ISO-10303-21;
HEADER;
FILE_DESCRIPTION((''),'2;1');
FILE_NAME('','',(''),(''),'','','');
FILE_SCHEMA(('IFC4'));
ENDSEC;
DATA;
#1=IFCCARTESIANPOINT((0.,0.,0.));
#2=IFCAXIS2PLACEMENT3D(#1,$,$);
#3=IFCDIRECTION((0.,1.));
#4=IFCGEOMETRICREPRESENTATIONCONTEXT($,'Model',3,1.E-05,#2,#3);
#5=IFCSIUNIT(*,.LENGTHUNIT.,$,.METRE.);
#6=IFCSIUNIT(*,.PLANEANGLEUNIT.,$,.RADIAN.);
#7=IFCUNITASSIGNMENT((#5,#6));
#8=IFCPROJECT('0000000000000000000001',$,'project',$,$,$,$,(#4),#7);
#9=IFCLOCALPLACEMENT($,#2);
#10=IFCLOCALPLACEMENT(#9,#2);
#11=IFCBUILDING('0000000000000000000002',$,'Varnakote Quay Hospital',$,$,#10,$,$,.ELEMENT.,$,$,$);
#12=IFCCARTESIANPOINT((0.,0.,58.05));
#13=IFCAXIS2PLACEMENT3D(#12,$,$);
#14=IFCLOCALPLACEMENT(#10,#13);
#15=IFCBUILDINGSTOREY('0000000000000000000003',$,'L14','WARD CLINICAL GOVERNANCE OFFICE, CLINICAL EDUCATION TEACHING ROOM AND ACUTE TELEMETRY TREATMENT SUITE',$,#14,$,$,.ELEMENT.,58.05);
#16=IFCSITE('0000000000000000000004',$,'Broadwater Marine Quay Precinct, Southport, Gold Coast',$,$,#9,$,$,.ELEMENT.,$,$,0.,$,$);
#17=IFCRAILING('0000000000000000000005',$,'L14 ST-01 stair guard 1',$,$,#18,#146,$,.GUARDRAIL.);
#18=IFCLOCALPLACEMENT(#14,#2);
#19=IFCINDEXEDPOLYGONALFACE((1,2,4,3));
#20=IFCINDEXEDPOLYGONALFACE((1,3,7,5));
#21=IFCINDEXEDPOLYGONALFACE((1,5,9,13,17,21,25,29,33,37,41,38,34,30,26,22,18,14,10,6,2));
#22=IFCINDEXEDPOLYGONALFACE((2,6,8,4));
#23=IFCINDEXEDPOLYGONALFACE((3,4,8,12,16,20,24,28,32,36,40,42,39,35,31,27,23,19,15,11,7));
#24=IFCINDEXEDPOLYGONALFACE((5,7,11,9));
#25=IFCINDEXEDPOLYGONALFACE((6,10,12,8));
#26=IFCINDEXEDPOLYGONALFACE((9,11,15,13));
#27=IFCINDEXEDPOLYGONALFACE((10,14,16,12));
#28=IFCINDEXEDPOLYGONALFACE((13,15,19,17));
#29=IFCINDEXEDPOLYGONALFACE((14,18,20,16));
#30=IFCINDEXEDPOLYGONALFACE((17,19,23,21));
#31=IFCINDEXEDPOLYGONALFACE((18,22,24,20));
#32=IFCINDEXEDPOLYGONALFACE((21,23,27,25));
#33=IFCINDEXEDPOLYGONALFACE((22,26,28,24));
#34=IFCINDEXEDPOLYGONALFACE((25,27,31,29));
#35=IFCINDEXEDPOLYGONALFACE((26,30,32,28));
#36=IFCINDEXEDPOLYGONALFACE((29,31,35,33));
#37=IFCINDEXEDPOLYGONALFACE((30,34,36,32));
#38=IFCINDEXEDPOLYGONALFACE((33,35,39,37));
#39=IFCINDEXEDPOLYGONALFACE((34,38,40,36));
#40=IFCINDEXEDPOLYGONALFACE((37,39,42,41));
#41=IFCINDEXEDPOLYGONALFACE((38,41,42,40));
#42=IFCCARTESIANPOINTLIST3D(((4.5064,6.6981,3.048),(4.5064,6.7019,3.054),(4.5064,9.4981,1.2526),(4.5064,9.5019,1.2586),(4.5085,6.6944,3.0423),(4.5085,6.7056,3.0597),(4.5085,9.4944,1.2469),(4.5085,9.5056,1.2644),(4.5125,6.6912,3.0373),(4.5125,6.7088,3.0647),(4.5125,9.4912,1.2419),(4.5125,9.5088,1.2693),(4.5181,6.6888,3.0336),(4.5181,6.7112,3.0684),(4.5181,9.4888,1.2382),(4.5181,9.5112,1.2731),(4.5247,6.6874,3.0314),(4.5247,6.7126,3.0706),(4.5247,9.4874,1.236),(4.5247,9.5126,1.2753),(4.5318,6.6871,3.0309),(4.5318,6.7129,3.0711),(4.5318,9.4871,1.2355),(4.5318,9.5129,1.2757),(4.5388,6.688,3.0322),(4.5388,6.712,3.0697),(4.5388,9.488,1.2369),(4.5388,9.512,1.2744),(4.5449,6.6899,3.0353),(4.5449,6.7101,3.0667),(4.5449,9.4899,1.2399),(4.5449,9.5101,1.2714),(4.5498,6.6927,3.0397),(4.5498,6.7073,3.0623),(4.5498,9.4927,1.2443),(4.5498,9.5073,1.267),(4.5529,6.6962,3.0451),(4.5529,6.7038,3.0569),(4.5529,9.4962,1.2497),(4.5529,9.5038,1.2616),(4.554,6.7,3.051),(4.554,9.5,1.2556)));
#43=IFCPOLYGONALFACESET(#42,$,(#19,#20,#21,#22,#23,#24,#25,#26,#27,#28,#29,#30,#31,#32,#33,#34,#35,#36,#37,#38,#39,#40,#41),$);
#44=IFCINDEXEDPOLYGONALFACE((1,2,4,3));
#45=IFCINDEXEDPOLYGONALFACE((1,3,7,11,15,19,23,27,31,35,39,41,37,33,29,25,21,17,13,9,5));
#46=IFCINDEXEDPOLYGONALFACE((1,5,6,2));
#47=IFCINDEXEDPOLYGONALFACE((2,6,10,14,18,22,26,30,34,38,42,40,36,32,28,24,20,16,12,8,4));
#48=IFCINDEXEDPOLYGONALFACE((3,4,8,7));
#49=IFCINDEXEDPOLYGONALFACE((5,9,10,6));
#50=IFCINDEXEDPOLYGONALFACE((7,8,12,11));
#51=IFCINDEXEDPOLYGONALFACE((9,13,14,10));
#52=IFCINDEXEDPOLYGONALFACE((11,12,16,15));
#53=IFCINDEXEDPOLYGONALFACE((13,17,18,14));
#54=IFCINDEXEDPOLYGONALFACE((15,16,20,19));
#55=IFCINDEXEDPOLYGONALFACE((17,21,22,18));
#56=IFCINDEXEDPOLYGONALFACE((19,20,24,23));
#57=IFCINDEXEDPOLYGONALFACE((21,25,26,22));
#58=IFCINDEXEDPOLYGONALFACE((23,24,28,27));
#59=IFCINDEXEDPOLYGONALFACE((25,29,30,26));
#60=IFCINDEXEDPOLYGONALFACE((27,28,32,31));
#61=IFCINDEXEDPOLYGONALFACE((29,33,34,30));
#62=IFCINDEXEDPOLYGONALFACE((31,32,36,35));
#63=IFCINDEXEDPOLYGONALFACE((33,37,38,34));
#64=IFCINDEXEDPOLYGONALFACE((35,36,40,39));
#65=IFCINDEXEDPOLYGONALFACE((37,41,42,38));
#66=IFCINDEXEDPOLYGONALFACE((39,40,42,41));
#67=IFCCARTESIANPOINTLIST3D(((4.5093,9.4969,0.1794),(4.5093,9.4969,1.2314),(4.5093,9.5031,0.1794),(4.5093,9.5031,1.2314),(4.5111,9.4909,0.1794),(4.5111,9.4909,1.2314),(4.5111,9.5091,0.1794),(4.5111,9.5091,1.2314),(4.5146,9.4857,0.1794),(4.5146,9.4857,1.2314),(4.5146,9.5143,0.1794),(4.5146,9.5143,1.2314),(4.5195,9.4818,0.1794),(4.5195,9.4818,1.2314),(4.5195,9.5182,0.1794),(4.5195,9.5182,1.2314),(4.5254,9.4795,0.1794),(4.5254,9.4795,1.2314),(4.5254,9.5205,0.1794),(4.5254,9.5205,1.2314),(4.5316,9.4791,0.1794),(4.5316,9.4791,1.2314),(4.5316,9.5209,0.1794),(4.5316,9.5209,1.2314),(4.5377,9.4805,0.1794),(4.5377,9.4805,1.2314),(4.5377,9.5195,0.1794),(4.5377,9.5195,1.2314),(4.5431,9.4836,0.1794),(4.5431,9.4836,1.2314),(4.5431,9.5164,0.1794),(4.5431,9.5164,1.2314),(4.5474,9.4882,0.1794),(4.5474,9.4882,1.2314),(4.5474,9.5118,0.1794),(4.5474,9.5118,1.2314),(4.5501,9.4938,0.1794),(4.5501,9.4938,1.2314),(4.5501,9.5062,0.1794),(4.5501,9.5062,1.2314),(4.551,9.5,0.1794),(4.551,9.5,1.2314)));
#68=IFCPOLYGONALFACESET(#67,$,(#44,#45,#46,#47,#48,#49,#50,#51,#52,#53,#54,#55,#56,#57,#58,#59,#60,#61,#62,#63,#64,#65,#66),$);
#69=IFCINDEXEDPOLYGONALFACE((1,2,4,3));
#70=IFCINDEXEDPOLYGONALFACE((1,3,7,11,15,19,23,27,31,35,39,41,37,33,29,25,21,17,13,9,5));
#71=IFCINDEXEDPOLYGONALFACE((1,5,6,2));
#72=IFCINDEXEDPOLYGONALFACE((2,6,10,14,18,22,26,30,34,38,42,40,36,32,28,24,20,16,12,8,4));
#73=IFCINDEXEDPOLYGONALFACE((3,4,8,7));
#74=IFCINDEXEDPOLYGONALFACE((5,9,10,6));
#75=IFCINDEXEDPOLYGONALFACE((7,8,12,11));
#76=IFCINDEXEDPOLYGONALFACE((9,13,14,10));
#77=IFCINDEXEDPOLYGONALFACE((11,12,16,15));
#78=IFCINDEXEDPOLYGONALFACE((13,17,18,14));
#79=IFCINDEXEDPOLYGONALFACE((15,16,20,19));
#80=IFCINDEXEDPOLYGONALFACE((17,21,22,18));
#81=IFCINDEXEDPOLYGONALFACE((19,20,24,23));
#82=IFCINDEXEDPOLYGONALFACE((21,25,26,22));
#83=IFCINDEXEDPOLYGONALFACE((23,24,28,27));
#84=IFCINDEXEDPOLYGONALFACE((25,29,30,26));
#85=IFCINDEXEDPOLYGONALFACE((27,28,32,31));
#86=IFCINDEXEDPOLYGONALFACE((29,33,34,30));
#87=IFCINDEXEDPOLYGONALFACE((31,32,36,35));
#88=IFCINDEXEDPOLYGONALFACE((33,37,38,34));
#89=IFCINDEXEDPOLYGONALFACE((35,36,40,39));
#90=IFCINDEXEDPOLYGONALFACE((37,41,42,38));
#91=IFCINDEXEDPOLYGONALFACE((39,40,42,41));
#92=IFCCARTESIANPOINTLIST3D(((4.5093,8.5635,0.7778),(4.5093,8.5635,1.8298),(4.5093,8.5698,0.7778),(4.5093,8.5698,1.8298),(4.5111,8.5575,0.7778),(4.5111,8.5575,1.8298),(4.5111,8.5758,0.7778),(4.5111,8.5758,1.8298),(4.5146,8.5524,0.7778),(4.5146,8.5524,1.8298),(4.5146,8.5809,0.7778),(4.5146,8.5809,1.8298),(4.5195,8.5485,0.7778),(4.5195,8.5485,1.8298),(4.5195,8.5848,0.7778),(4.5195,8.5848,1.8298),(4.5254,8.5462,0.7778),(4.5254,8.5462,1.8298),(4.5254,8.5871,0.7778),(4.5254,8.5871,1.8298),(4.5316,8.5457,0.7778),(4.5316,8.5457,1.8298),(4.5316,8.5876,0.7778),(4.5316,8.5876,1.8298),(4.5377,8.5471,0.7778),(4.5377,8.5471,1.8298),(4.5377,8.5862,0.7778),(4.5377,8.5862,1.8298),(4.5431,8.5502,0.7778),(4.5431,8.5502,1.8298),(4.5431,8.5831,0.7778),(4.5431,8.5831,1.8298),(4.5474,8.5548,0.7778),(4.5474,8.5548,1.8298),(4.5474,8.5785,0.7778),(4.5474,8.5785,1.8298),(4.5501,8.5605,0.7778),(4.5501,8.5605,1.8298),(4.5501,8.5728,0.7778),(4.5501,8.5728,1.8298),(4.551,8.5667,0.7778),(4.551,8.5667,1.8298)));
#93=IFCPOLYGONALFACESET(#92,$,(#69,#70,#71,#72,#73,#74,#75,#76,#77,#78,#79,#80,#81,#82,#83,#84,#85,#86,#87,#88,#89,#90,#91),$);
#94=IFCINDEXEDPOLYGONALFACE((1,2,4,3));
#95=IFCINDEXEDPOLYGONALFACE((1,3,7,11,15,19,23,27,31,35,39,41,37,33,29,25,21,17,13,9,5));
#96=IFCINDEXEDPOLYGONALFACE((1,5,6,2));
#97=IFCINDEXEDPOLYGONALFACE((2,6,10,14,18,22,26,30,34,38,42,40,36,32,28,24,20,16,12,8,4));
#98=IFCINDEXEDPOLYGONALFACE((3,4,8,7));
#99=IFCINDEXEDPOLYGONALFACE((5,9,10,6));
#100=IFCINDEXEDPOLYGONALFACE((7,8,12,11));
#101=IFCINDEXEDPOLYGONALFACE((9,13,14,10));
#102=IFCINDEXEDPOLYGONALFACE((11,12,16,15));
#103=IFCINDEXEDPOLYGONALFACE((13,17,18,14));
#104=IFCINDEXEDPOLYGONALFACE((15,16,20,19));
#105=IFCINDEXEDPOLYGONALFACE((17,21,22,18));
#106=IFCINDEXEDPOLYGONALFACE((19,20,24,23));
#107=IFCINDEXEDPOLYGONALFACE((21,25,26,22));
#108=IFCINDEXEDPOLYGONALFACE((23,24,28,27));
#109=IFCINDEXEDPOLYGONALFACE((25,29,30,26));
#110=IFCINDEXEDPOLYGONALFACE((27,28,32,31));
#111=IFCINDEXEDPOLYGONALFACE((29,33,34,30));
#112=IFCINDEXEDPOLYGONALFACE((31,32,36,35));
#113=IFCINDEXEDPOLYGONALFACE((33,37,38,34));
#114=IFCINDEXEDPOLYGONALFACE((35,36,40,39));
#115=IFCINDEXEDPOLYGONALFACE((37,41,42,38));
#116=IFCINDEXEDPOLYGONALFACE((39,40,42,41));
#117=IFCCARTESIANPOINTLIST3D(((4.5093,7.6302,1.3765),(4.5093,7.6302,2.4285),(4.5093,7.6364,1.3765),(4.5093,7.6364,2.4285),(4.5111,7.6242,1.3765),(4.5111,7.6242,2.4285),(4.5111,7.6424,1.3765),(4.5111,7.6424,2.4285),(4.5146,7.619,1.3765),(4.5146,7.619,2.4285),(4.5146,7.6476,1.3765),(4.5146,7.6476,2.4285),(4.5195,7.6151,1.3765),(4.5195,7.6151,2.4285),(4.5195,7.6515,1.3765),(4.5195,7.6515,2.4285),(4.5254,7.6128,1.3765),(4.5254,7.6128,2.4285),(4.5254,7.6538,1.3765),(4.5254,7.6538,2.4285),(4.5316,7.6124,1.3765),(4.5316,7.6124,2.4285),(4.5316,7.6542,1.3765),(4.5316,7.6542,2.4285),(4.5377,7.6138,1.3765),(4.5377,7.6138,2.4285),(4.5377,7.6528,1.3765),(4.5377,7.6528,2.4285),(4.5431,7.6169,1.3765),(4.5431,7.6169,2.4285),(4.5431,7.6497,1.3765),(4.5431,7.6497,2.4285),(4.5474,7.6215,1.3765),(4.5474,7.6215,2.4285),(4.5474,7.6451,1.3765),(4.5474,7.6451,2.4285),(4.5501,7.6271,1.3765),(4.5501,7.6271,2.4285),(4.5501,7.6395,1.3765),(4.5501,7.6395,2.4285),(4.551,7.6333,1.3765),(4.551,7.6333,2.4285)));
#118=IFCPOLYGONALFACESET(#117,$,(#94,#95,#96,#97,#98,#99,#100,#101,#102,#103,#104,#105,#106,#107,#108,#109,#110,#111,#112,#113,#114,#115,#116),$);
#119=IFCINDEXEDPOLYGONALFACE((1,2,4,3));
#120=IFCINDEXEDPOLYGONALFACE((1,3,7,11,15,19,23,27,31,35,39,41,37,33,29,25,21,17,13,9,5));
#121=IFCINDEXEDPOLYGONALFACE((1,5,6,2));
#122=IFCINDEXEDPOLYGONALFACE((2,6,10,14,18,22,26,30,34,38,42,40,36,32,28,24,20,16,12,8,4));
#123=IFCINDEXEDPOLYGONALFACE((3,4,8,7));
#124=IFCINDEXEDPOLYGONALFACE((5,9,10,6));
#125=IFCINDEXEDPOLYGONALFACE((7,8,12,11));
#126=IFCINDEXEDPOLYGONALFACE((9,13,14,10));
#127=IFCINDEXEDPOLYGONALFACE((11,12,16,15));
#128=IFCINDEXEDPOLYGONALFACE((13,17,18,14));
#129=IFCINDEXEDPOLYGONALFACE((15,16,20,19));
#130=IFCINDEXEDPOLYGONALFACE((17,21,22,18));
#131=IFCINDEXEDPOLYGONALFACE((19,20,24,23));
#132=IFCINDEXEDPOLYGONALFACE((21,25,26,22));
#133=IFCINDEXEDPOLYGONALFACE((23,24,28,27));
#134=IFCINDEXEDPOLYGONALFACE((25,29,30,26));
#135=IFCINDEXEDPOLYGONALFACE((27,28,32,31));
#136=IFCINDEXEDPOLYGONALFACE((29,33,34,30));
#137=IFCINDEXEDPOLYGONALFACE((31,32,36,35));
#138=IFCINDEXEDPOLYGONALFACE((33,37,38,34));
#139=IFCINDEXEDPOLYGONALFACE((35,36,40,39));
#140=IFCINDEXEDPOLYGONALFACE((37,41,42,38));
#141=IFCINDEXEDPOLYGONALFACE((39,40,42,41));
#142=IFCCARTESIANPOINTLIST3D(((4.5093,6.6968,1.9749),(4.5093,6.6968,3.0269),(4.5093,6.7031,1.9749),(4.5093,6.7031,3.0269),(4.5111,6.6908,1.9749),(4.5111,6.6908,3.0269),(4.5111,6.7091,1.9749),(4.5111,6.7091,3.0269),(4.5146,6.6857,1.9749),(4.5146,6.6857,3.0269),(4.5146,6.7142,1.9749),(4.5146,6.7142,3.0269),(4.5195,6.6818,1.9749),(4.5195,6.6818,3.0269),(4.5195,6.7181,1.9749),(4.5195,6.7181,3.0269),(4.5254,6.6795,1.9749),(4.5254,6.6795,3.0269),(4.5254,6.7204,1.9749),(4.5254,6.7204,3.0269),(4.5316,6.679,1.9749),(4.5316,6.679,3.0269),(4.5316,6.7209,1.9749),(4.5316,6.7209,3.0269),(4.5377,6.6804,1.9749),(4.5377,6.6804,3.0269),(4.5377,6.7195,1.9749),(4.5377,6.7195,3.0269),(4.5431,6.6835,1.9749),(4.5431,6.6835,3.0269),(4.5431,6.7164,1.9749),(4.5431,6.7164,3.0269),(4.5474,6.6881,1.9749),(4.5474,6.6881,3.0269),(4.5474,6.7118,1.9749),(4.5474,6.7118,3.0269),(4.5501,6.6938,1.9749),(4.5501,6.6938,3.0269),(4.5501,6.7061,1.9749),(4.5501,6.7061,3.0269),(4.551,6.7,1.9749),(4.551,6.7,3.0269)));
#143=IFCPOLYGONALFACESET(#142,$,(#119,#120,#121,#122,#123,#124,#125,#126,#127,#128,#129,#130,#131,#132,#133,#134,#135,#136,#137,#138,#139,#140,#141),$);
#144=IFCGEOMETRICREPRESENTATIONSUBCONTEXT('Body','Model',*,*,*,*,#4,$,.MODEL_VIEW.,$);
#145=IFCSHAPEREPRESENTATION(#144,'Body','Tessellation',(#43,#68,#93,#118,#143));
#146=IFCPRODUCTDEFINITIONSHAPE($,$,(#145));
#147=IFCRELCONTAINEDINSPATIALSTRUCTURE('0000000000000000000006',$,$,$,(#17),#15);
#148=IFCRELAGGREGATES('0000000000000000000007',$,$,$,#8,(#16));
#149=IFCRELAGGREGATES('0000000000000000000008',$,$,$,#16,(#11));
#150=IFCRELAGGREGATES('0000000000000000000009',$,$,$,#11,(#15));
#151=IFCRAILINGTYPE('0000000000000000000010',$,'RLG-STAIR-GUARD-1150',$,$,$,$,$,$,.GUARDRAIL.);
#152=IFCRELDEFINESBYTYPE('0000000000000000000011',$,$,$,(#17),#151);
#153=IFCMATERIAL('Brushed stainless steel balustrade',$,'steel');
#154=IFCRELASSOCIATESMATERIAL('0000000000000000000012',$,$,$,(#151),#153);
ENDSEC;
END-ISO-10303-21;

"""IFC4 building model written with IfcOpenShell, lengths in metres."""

from ifc_helpers import new_model, si_unit, direction, frame, origin, origin_2d, place, context, subcontext, project, spatial, circle, extrude, material, type_object, element, save


model = new_model("IFC4")

# Units and contexts
model_context = context("Model", 3, precision=1e-05, world=origin(), true_north=direction((0.0, 1.0)))
body_context = subcontext(model_context, "Body", "Model", "MODEL_VIEW")
ifc_project = project(units=[si_unit("LENGTHUNIT", "METRE"), si_unit("PLANEANGLEUNIT", "RADIAN")], contexts=[model_context])

# Site, building, storey
site_placement = place(None, origin())
site = spatial("IfcSite", under=ifc_project, at=site_placement, Name="Broadwater Marine Quay Precinct, Southport, Gold Coast", CompositionType="ELEMENT", RefElevation=0.0)
building_placement = place(site_placement, origin())
building = spatial("IfcBuilding", under=site, at=building_placement, Name="Varnakote Quay Hospital", CompositionType="ELEMENT")
storey_placement = place(building_placement, frame((0.0, 0.0, 58.05)))
storey = spatial("IfcBuildingStorey", under=building, at=storey_placement, Name="L14", Description="WARD CLINICAL GOVERNANCE OFFICE, CLINICAL EDUCATION TEACHING ROOM AND ACUTE TELEMETRY TREATMENT SUITE", CompositionType="ELEMENT", Elevation=58.05)

# Railing
ifc_material_1 = material(Name="Brushed stainless steel balustrade", Category="steel")
railing_type_1 = type_object("IfcRailingType", Name="RLG-STAIR-GUARD-1150", PredefinedType="GUARDRAIL", material=ifc_material_1)
railing_1_placement = place(storey_placement, frame((4.53, 9.5, 0.1794)))
element("IfcRailing", 1, at=railing_1_placement, inside=storey, type_object=railing_type_1, Name="L14 ST-01 stair guard 1", PredefinedType="GUARDRAIL", context=body_context, shape_type="SweptSolid", body=[
    extrude(circle(Radius=0.0239, at=origin_2d()), frame((0.0, 0.0, 1.0762), z_axis=(0.0, -0.84181, 0.539774), x_axis=(1.0, 0.0, 0.0)), (0.0, 0.0, 1.0), 3.3262),
    extrude(circle(Radius=0.021, at=origin_2d()), origin(), (0.0, 0.0, 1.0), 1.052),
    extrude(circle(Radius=0.021, at=origin_2d()), frame((0.0, -0.9333, 0.5984)), (0.0, 0.0, 1.0), 1.052),
    extrude(circle(Radius=0.021, at=origin_2d()), frame((0.0, -1.8667, 1.197)), (0.0, 0.0, 1.0), 1.052),
    extrude(circle(Radius=0.021, at=origin_2d()), frame((0.0, -2.8, 1.7954)), (0.0, 0.0, 1.0), 1.052),
])

save(model, "model.ifc")
